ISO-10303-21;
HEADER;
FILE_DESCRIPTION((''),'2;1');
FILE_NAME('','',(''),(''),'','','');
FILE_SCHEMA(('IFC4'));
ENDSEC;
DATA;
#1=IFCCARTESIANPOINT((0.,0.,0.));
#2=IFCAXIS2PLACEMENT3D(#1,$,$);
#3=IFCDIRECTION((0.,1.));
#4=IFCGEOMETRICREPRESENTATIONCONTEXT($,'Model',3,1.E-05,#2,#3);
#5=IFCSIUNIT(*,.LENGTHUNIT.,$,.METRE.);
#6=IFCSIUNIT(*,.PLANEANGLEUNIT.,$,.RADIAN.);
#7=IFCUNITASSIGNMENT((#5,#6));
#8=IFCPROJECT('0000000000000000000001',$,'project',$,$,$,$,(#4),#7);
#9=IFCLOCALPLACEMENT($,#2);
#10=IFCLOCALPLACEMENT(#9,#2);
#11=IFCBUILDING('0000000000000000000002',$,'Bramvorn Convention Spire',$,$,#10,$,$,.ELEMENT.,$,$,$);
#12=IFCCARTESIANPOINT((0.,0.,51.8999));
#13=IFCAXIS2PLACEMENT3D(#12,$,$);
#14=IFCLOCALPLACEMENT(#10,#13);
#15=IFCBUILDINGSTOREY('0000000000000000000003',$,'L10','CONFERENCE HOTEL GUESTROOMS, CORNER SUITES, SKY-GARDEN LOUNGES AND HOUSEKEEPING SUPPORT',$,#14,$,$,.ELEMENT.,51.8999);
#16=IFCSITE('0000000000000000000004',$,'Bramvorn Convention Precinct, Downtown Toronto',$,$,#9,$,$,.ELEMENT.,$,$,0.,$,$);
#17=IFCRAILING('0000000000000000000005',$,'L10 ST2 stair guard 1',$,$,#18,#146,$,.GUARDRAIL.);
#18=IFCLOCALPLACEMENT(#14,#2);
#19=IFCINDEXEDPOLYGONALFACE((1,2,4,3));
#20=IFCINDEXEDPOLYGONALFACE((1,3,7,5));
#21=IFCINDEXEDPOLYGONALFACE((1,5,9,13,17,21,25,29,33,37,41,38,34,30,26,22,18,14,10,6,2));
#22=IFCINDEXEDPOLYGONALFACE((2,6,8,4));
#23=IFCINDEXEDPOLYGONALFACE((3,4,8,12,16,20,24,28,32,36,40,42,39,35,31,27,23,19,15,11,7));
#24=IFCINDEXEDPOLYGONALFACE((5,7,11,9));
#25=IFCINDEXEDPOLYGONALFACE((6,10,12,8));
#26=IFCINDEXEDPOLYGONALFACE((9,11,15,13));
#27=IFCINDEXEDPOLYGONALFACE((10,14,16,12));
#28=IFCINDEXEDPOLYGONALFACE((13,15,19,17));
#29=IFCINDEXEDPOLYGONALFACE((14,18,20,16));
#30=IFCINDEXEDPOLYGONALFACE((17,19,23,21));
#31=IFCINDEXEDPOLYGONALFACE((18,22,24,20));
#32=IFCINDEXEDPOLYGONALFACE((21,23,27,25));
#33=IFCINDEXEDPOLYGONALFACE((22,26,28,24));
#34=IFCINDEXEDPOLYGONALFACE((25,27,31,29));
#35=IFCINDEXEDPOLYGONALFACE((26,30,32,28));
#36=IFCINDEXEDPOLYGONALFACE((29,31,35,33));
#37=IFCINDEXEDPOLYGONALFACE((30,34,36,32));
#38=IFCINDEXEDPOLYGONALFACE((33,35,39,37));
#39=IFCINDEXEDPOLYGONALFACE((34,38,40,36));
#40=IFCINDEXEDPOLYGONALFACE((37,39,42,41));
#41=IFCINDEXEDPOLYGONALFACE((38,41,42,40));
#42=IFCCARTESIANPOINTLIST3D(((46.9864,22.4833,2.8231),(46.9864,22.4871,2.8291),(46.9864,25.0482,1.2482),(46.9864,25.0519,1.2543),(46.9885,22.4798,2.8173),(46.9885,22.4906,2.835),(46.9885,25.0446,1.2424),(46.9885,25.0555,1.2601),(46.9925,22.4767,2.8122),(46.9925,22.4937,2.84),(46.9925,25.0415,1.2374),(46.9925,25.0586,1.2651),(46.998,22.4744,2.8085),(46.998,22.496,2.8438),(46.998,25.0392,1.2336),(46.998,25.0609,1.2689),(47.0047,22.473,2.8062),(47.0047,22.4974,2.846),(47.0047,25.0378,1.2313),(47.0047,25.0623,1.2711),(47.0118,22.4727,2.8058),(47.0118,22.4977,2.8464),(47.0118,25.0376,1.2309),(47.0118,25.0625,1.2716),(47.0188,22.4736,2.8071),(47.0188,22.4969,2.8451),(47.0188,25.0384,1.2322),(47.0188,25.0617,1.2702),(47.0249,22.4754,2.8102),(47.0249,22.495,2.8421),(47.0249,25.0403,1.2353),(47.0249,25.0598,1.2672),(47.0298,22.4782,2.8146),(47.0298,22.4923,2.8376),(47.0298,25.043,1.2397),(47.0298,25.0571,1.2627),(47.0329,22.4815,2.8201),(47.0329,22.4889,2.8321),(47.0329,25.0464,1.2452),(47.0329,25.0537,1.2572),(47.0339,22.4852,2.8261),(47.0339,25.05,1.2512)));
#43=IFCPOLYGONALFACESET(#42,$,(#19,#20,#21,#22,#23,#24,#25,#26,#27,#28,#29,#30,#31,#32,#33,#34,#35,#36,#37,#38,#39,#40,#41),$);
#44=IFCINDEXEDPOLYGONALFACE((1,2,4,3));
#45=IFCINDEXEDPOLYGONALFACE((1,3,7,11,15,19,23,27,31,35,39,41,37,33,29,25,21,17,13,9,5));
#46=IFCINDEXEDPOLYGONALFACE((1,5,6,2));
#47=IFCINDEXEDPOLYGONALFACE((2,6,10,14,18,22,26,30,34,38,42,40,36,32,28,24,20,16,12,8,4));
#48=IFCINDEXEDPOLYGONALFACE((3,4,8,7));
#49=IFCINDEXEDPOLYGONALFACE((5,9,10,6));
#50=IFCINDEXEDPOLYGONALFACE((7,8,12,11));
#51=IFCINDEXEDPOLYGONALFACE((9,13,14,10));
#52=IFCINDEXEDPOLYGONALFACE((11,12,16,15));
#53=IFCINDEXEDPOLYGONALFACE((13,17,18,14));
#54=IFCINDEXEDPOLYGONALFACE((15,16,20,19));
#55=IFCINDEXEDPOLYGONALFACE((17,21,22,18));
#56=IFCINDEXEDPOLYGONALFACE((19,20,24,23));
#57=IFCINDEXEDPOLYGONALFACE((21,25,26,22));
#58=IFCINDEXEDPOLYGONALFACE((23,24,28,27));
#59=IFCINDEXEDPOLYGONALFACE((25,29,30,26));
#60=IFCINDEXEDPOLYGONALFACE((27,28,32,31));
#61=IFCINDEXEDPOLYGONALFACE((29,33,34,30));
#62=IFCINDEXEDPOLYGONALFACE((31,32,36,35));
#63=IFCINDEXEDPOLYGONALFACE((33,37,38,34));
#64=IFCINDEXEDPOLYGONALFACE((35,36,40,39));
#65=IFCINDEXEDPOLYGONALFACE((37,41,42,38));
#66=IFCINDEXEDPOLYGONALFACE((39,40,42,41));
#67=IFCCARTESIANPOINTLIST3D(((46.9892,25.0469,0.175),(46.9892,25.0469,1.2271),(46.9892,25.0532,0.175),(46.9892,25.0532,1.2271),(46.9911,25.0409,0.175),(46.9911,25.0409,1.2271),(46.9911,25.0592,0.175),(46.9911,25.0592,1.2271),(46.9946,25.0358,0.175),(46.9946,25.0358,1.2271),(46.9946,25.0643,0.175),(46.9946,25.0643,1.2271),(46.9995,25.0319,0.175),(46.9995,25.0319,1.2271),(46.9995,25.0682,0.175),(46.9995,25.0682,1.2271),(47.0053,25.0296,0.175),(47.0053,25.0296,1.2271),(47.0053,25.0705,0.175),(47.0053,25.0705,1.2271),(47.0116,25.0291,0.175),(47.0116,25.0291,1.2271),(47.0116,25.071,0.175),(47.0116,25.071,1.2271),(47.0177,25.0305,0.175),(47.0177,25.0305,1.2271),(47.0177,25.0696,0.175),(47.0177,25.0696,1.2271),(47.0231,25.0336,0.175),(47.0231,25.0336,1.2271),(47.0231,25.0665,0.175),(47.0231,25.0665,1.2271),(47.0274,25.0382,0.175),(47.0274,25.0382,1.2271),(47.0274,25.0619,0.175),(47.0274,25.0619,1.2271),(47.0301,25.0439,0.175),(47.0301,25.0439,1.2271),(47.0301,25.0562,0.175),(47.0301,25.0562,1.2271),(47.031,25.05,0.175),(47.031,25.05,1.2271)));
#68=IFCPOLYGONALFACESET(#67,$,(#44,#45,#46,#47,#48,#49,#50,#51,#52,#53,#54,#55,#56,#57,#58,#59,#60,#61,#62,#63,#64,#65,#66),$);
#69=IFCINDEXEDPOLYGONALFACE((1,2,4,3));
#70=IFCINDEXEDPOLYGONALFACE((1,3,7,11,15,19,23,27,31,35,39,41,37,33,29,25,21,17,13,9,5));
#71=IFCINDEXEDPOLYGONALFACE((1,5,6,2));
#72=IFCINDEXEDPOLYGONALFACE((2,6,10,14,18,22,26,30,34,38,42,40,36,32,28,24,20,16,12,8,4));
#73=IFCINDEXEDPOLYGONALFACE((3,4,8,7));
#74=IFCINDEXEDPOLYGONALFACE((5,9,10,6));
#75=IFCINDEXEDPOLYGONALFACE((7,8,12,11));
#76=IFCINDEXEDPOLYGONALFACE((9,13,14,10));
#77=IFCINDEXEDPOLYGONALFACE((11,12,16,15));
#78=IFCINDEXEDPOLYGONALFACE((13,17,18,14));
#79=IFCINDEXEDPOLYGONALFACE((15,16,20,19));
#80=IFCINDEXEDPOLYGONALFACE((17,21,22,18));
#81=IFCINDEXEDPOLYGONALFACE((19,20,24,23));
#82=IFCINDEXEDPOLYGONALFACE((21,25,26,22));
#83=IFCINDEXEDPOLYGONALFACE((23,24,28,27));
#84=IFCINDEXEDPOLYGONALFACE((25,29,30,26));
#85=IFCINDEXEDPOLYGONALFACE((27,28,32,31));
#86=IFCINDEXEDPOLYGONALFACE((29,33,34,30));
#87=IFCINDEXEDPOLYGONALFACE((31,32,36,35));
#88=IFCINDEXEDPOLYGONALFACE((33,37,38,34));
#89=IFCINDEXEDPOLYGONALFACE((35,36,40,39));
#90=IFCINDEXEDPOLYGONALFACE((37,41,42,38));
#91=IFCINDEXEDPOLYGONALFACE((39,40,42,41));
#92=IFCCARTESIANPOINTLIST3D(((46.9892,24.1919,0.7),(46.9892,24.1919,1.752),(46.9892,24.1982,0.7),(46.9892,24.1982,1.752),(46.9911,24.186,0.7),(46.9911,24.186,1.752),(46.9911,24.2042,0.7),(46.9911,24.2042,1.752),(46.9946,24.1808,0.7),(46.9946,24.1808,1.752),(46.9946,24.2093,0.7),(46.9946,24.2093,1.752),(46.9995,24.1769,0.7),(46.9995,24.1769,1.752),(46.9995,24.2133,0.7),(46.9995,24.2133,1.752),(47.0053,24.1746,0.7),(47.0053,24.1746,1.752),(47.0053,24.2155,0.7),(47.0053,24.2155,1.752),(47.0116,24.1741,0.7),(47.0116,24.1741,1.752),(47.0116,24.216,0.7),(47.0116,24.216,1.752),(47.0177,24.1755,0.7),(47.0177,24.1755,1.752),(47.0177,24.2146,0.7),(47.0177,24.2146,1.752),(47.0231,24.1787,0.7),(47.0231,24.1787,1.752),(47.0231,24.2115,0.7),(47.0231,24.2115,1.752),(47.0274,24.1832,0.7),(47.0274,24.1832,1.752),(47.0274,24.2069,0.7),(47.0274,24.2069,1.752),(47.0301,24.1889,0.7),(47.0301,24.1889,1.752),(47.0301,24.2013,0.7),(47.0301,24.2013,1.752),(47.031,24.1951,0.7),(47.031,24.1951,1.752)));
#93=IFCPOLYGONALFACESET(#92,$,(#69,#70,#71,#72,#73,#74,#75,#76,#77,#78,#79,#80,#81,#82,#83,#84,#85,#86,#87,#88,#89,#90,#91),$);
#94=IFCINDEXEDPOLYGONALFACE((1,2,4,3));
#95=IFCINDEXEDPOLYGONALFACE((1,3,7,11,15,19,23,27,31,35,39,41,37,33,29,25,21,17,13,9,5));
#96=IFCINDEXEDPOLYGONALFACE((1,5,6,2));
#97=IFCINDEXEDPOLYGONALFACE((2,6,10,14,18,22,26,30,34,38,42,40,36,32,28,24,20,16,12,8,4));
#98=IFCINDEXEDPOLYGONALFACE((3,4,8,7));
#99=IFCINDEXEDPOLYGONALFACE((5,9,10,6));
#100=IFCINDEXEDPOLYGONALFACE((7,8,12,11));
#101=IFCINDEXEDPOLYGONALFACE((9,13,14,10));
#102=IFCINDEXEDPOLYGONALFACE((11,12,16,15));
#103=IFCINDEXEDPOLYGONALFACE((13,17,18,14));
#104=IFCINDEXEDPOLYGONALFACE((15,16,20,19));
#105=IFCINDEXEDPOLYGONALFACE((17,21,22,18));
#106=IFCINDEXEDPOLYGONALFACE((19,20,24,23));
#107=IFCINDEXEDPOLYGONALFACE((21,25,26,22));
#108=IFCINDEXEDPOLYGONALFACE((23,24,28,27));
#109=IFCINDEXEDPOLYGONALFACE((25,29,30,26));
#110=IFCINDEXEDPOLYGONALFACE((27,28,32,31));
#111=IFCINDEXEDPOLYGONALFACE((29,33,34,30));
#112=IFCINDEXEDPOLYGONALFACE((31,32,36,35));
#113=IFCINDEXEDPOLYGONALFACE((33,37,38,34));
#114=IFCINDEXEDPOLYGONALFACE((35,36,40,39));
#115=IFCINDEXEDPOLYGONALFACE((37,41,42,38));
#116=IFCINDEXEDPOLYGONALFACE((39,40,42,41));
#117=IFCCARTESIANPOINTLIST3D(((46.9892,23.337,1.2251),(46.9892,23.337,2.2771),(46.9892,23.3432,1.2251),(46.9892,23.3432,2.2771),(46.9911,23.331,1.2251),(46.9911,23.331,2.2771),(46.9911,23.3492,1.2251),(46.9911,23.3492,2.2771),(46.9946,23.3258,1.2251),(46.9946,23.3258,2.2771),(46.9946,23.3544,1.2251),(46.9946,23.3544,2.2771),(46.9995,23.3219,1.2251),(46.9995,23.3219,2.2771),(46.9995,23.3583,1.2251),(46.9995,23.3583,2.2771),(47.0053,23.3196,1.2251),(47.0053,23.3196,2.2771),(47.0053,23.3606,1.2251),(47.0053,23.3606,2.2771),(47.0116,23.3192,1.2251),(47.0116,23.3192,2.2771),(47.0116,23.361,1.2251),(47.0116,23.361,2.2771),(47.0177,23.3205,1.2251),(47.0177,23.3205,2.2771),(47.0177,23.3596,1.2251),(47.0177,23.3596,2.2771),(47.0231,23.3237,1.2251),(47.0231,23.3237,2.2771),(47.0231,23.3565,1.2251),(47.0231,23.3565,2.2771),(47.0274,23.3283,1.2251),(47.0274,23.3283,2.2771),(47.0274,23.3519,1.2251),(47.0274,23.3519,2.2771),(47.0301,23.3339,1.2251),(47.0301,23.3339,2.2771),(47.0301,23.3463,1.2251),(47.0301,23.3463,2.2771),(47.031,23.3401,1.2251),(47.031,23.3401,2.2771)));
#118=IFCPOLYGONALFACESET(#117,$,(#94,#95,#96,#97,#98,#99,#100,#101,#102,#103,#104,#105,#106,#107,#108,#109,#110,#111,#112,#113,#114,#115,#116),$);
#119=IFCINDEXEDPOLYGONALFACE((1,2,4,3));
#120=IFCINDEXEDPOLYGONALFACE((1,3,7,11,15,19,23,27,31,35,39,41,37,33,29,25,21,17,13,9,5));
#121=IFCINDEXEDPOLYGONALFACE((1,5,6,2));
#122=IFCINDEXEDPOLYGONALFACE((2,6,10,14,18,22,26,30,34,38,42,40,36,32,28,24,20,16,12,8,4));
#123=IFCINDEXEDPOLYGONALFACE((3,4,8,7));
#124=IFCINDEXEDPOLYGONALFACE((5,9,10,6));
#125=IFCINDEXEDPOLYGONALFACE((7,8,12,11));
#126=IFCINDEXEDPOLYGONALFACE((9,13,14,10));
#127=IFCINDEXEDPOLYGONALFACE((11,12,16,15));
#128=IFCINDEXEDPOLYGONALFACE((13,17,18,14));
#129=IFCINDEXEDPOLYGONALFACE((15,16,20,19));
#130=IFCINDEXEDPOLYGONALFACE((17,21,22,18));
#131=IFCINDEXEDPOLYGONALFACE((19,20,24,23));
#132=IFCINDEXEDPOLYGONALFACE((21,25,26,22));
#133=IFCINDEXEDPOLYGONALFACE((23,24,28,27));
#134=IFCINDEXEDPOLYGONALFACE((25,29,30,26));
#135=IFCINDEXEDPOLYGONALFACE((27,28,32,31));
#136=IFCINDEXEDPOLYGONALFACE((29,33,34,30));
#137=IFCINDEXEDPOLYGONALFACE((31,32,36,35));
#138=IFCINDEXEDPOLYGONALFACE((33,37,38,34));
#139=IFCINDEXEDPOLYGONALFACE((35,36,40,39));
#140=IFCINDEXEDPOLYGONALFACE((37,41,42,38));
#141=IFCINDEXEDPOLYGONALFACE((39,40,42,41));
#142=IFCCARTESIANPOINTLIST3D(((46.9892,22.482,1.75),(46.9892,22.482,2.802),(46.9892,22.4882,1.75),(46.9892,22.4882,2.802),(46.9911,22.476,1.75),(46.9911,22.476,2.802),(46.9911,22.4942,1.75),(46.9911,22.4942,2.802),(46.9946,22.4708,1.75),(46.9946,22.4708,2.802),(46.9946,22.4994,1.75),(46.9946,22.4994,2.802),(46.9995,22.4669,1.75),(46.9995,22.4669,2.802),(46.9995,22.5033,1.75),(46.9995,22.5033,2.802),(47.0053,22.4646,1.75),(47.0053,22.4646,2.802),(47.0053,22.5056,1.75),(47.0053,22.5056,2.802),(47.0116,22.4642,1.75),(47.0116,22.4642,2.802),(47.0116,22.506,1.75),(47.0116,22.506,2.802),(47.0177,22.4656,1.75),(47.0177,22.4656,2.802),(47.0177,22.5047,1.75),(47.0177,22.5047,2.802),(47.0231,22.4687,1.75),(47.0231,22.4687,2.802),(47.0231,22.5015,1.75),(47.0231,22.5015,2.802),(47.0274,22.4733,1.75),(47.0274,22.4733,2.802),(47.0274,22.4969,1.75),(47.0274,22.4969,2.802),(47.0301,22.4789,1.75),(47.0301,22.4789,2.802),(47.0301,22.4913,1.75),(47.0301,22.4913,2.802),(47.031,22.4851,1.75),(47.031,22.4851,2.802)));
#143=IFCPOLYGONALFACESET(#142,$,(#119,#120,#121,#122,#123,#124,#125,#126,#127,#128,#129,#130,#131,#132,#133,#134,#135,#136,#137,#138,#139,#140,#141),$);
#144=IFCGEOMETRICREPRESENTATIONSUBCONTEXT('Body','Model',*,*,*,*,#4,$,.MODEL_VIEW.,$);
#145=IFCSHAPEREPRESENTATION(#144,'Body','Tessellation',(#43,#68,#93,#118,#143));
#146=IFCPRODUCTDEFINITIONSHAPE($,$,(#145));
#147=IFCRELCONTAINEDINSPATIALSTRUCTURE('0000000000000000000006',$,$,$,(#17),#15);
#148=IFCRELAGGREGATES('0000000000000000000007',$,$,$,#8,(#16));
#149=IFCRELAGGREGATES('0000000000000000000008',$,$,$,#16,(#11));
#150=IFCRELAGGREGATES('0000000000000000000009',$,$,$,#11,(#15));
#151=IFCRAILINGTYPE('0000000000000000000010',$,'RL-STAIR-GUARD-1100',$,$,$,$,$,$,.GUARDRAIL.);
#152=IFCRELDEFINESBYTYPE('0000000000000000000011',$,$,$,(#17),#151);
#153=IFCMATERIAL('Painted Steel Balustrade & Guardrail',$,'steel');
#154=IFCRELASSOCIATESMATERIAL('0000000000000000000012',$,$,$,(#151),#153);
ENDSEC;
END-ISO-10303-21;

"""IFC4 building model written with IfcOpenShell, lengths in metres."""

from ifc_helpers import new_model, si_unit, direction, frame, origin, origin_2d, place, context, subcontext, project, spatial, circle, extrude, material, type_object, element, save


model = new_model("IFC4")

# Units and contexts
model_context = context("Model", 3, precision=1e-05, world=origin(), true_north=direction((0.0, 1.0)))
body_context = subcontext(model_context, "Body", "Model", "MODEL_VIEW")
ifc_project = project(units=[si_unit("LENGTHUNIT", "METRE"), si_unit("PLANEANGLEUNIT", "RADIAN")], contexts=[model_context])

# Site, building, storey
site_placement = place(None, origin())
site = spatial("IfcSite", under=ifc_project, at=site_placement, Name="Bramvorn Convention Precinct, Downtown Toronto", CompositionType="ELEMENT", RefElevation=0.0)
building_placement = place(site_placement, origin())
building = spatial("IfcBuilding", under=site, at=building_placement, Name="Bramvorn Convention Spire", CompositionType="ELEMENT")
storey_placement = place(building_placement, frame((0.0, 0.0, 51.8999)))
storey = spatial("IfcBuildingStorey", under=building, at=storey_placement, Name="L10", Description="CONFERENCE HOTEL GUESTROOMS, CORNER SUITES, SKY-GARDEN LOUNGES AND HOUSEKEEPING SUPPORT", CompositionType="ELEMENT", Elevation=51.8999)

# Railing
ifc_material_1 = material(Name="Painted Steel Balustrade & Guardrail", Category="steel")
railing_type_1 = type_object("IfcRailingType", Name="RL-STAIR-GUARD-1100", PredefinedType="GUARDRAIL", material=ifc_material_1)
railing_1_placement = place(storey_placement, frame((47.01, 25.05, 0.175)))
element("IfcRailing", 1, at=railing_1_placement, inside=storey, type_object=railing_type_1, Name="L10 ST2 stair guard 1", PredefinedType="GUARDRAIL", context=body_context, shape_type="SweptSolid", body=[
    extrude(circle(Radius=0.0239, at=origin_2d()), frame((0.0, 0.0, 1.0762), z_axis=(0.0, -0.852173, 0.52326), x_axis=(1.0, 0.0, 0.0)), (0.0, 0.0, 1.0), 3.0098),
    extrude(circle(Radius=0.021, at=origin_2d()), origin(), (0.0, 0.0, 1.0), 1.052),
    extrude(circle(Radius=0.021, at=origin_2d()), frame((0.0, -0.855, 0.5249)), (0.0, 0.0, 1.0), 1.052),
    extrude(circle(Radius=0.021, at=origin_2d()), frame((0.0, -1.71, 1.05)), (0.0, 0.0, 1.0), 1.052),
    extrude(circle(Radius=0.021, at=origin_2d()), frame((0.0, -2.5649, 1.575)), (0.0, 0.0, 1.0), 1.052),
])

save(model, "model.ifc")
